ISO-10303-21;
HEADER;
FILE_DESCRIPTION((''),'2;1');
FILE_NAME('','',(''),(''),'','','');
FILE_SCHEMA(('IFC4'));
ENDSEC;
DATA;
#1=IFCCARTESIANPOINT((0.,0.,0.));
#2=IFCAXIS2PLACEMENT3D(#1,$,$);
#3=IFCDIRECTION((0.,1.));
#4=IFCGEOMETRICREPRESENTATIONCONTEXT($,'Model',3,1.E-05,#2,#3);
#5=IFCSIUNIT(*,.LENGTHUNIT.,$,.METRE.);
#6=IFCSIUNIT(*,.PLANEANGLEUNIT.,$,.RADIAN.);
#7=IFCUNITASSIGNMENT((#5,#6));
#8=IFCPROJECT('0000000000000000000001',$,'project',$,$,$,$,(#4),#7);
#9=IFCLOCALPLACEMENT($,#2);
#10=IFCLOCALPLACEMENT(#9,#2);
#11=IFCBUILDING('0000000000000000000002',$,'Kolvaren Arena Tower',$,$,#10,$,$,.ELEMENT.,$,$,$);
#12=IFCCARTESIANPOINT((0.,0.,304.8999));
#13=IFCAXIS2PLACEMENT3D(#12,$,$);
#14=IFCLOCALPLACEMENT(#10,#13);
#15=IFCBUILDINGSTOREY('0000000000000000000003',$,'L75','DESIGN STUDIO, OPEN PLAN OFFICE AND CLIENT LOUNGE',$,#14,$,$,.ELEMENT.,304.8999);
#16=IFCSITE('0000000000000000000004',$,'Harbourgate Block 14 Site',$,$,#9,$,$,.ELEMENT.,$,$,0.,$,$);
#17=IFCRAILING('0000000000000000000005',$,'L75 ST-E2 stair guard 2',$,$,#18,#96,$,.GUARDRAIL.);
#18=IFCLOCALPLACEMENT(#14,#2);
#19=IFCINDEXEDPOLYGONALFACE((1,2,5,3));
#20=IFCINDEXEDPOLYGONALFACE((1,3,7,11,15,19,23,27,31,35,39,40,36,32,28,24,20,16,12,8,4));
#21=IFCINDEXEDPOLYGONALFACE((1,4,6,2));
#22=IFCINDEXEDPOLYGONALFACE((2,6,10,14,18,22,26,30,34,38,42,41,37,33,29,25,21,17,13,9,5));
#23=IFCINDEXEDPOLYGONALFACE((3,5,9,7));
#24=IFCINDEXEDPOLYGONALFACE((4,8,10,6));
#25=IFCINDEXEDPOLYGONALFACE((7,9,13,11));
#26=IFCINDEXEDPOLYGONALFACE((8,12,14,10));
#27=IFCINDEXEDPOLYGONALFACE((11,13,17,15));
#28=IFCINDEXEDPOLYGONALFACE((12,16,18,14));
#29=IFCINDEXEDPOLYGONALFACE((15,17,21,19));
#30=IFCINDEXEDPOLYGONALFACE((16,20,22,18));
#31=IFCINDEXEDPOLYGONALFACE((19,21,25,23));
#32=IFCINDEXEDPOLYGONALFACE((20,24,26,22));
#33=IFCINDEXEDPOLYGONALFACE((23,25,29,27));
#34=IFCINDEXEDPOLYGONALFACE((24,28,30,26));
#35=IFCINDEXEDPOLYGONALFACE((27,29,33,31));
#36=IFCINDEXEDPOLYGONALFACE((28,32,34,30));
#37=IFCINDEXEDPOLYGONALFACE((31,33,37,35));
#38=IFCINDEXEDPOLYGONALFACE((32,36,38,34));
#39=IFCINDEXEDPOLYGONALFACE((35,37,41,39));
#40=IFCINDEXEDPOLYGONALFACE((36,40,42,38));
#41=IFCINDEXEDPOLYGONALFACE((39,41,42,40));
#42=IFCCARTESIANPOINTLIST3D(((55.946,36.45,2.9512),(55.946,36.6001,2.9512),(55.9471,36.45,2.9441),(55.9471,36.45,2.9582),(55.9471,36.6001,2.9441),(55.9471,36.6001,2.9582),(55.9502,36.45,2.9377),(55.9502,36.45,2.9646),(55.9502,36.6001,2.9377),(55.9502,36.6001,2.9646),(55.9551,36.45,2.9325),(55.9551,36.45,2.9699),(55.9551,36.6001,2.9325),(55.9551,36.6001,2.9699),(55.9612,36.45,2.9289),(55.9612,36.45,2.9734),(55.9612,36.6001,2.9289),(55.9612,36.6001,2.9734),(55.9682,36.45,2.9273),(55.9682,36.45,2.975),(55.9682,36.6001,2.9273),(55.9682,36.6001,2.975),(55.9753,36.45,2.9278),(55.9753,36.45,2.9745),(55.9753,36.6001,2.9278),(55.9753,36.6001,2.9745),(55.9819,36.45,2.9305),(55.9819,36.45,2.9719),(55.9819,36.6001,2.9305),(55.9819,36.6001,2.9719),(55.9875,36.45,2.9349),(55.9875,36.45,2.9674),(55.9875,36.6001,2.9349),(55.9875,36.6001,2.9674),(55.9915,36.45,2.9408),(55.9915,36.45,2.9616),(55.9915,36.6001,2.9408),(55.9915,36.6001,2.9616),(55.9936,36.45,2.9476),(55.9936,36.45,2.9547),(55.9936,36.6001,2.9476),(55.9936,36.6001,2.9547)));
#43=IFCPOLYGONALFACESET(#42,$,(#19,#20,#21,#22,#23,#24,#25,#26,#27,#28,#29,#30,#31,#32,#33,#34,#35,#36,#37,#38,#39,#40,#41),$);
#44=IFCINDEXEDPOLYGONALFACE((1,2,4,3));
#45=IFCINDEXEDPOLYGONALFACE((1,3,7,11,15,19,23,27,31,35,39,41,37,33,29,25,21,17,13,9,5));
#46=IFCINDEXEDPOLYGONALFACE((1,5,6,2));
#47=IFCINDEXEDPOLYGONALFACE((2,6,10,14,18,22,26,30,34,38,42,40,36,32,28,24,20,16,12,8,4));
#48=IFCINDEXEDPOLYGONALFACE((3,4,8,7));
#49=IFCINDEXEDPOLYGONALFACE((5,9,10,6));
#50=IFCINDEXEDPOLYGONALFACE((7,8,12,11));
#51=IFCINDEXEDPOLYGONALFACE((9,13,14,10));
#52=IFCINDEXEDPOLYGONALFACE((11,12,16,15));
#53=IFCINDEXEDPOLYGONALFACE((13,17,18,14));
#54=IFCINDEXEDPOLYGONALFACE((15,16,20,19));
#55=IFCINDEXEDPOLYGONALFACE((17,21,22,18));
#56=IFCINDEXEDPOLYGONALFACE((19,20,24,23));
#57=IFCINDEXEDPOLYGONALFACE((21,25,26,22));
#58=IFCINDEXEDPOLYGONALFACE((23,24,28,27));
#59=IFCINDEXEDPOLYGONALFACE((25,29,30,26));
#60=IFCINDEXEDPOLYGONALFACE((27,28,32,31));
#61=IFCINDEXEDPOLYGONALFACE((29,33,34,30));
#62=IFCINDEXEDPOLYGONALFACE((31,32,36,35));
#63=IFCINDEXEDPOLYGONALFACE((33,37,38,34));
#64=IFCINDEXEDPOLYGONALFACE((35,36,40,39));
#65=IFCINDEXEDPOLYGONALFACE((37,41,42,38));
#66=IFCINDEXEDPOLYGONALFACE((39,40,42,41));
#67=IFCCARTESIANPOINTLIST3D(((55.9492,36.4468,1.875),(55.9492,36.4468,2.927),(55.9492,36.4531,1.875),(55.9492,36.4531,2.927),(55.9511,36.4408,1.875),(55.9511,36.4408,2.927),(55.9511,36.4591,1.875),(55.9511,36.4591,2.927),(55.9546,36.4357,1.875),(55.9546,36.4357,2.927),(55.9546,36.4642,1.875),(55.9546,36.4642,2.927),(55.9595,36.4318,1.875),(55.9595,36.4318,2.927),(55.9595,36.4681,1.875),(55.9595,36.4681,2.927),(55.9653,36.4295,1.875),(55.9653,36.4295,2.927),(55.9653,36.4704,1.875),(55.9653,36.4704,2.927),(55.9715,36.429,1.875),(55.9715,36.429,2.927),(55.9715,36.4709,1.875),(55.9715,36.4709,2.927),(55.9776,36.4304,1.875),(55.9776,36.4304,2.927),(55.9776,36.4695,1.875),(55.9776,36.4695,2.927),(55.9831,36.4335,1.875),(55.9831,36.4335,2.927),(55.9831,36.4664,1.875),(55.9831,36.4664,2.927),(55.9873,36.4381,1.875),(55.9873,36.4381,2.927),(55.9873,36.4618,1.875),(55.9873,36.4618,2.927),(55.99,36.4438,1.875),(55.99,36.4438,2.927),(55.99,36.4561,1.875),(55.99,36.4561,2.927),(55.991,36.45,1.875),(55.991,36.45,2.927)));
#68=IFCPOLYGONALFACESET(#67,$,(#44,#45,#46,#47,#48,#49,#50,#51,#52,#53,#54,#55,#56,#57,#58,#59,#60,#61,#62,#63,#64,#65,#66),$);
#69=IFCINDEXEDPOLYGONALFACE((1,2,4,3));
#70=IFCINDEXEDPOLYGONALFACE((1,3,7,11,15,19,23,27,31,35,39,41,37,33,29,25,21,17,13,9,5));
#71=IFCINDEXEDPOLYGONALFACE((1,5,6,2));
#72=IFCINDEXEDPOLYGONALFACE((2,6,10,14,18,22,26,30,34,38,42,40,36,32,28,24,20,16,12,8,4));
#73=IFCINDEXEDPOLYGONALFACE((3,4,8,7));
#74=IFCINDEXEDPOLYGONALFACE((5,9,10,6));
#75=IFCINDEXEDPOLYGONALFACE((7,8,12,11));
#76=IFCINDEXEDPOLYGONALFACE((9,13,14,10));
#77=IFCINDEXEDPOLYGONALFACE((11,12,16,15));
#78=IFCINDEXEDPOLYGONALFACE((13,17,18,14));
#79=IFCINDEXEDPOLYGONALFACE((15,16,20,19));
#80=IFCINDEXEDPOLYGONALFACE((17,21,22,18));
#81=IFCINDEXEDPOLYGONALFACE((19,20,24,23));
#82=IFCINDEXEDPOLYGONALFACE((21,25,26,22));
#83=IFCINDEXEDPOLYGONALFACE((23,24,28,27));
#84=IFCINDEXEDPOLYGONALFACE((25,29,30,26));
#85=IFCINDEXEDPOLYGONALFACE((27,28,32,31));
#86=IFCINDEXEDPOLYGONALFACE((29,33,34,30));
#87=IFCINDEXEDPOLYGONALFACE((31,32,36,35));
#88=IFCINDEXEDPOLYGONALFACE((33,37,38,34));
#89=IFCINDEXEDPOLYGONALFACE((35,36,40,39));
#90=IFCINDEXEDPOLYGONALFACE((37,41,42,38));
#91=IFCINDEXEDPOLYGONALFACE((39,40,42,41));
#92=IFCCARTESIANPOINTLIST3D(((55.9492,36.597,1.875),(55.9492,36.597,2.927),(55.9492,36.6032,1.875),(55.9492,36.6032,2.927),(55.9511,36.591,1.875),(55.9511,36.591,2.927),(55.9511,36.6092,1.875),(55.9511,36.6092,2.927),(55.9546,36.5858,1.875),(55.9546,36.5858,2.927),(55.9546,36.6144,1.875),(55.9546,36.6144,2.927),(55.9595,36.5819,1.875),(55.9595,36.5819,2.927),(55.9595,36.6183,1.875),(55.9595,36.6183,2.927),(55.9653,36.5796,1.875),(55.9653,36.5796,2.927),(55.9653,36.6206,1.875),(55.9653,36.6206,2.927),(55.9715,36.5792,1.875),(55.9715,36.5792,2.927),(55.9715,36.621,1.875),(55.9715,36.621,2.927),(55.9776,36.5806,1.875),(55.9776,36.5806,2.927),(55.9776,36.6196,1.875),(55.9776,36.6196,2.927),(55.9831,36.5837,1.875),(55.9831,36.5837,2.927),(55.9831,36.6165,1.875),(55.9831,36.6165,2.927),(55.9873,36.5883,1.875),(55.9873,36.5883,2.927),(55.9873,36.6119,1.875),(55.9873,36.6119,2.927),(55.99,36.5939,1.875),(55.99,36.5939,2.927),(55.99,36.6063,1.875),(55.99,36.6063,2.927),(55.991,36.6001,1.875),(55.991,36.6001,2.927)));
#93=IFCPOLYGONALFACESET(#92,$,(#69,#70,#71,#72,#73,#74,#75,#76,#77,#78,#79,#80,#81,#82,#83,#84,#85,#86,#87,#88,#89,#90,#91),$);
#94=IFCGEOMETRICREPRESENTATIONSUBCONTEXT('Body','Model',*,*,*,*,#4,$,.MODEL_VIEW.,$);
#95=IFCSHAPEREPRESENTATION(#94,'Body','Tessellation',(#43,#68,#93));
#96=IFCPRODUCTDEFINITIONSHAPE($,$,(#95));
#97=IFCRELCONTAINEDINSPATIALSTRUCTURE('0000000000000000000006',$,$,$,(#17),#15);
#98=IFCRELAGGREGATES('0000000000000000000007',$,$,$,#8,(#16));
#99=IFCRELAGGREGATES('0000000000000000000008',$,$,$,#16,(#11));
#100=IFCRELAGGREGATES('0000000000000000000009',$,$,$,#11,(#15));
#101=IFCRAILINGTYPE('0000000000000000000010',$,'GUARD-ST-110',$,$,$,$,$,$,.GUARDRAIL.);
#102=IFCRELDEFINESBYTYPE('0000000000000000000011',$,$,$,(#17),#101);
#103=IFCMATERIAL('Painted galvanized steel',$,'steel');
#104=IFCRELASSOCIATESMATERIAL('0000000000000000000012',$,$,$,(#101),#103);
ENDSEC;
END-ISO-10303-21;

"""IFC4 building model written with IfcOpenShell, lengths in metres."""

from ifc_helpers import new_model, si_unit, direction, frame, origin, origin_2d, place, context, subcontext, project, spatial, circle, extrude, material, type_object, element, save


model = new_model("IFC4")

# Units and contexts
model_context = context("Model", 3, precision=1e-05, world=origin(), true_north=direction((0.0, 1.0)))
body_context = subcontext(model_context, "Body", "Model", "MODEL_VIEW")
ifc_project = project(units=[si_unit("LENGTHUNIT", "METRE"), si_unit("PLANEANGLEUNIT", "RADIAN")], contexts=[model_context])

# Site, building, storey
site_placement = place(None, origin())
site = spatial("IfcSite", under=ifc_project, at=site_placement, Name="Harbourgate Block 14 Site", CompositionType="ELEMENT", RefElevation=0.0)
building_placement = place(site_placement, origin())
building = spatial("IfcBuilding", under=site, at=building_placement, Name="Kolvaren Arena Tower", CompositionType="ELEMENT")
storey_placement = place(building_placement, frame((0.0, 0.0, 304.8999)))
storey = spatial("IfcBuildingStorey", under=building, at=storey_placement, Name="L75", Description="DESIGN STUDIO, OPEN PLAN OFFICE AND CLIENT LOUNGE", CompositionType="ELEMENT", Elevation=304.8999)

# Railing
ifc_material_1 = material(Name="Painted galvanized steel", Category="steel")
railing_type_1 = type_object("IfcRailingType", Name="GUARD-ST-110", PredefinedType="GUARDRAIL", material=ifc_material_1)
railing_1_placement = place(storey_placement, frame((55.97, 36.45, 1.875)))
element("IfcRailing", 1, at=railing_1_placement, inside=storey, type_object=railing_type_1, Name="L75 ST-E2 stair guard 2", PredefinedType="GUARDRAIL", context=body_context, shape_type="SweptSolid", body=[
    extrude(circle(Radius=0.0239, at=origin_2d()), frame((0.0, 0.0, 1.0762), z_axis=(0.0, 1.0, 0.0), x_axis=(-1.0, 0.0, 0.0)), (0.0, 0.0, 1.0), 0.1501),
    extrude(circle(Radius=0.021, at=origin_2d()), origin(), (0.0, 0.0, 1.0), 1.052),
    extrude(circle(Radius=0.021, at=origin_2d()), frame((0.0, 0.1501, 0.0)), (0.0, 0.0, 1.0), 1.052),
])

save(model, "model.ifc")
